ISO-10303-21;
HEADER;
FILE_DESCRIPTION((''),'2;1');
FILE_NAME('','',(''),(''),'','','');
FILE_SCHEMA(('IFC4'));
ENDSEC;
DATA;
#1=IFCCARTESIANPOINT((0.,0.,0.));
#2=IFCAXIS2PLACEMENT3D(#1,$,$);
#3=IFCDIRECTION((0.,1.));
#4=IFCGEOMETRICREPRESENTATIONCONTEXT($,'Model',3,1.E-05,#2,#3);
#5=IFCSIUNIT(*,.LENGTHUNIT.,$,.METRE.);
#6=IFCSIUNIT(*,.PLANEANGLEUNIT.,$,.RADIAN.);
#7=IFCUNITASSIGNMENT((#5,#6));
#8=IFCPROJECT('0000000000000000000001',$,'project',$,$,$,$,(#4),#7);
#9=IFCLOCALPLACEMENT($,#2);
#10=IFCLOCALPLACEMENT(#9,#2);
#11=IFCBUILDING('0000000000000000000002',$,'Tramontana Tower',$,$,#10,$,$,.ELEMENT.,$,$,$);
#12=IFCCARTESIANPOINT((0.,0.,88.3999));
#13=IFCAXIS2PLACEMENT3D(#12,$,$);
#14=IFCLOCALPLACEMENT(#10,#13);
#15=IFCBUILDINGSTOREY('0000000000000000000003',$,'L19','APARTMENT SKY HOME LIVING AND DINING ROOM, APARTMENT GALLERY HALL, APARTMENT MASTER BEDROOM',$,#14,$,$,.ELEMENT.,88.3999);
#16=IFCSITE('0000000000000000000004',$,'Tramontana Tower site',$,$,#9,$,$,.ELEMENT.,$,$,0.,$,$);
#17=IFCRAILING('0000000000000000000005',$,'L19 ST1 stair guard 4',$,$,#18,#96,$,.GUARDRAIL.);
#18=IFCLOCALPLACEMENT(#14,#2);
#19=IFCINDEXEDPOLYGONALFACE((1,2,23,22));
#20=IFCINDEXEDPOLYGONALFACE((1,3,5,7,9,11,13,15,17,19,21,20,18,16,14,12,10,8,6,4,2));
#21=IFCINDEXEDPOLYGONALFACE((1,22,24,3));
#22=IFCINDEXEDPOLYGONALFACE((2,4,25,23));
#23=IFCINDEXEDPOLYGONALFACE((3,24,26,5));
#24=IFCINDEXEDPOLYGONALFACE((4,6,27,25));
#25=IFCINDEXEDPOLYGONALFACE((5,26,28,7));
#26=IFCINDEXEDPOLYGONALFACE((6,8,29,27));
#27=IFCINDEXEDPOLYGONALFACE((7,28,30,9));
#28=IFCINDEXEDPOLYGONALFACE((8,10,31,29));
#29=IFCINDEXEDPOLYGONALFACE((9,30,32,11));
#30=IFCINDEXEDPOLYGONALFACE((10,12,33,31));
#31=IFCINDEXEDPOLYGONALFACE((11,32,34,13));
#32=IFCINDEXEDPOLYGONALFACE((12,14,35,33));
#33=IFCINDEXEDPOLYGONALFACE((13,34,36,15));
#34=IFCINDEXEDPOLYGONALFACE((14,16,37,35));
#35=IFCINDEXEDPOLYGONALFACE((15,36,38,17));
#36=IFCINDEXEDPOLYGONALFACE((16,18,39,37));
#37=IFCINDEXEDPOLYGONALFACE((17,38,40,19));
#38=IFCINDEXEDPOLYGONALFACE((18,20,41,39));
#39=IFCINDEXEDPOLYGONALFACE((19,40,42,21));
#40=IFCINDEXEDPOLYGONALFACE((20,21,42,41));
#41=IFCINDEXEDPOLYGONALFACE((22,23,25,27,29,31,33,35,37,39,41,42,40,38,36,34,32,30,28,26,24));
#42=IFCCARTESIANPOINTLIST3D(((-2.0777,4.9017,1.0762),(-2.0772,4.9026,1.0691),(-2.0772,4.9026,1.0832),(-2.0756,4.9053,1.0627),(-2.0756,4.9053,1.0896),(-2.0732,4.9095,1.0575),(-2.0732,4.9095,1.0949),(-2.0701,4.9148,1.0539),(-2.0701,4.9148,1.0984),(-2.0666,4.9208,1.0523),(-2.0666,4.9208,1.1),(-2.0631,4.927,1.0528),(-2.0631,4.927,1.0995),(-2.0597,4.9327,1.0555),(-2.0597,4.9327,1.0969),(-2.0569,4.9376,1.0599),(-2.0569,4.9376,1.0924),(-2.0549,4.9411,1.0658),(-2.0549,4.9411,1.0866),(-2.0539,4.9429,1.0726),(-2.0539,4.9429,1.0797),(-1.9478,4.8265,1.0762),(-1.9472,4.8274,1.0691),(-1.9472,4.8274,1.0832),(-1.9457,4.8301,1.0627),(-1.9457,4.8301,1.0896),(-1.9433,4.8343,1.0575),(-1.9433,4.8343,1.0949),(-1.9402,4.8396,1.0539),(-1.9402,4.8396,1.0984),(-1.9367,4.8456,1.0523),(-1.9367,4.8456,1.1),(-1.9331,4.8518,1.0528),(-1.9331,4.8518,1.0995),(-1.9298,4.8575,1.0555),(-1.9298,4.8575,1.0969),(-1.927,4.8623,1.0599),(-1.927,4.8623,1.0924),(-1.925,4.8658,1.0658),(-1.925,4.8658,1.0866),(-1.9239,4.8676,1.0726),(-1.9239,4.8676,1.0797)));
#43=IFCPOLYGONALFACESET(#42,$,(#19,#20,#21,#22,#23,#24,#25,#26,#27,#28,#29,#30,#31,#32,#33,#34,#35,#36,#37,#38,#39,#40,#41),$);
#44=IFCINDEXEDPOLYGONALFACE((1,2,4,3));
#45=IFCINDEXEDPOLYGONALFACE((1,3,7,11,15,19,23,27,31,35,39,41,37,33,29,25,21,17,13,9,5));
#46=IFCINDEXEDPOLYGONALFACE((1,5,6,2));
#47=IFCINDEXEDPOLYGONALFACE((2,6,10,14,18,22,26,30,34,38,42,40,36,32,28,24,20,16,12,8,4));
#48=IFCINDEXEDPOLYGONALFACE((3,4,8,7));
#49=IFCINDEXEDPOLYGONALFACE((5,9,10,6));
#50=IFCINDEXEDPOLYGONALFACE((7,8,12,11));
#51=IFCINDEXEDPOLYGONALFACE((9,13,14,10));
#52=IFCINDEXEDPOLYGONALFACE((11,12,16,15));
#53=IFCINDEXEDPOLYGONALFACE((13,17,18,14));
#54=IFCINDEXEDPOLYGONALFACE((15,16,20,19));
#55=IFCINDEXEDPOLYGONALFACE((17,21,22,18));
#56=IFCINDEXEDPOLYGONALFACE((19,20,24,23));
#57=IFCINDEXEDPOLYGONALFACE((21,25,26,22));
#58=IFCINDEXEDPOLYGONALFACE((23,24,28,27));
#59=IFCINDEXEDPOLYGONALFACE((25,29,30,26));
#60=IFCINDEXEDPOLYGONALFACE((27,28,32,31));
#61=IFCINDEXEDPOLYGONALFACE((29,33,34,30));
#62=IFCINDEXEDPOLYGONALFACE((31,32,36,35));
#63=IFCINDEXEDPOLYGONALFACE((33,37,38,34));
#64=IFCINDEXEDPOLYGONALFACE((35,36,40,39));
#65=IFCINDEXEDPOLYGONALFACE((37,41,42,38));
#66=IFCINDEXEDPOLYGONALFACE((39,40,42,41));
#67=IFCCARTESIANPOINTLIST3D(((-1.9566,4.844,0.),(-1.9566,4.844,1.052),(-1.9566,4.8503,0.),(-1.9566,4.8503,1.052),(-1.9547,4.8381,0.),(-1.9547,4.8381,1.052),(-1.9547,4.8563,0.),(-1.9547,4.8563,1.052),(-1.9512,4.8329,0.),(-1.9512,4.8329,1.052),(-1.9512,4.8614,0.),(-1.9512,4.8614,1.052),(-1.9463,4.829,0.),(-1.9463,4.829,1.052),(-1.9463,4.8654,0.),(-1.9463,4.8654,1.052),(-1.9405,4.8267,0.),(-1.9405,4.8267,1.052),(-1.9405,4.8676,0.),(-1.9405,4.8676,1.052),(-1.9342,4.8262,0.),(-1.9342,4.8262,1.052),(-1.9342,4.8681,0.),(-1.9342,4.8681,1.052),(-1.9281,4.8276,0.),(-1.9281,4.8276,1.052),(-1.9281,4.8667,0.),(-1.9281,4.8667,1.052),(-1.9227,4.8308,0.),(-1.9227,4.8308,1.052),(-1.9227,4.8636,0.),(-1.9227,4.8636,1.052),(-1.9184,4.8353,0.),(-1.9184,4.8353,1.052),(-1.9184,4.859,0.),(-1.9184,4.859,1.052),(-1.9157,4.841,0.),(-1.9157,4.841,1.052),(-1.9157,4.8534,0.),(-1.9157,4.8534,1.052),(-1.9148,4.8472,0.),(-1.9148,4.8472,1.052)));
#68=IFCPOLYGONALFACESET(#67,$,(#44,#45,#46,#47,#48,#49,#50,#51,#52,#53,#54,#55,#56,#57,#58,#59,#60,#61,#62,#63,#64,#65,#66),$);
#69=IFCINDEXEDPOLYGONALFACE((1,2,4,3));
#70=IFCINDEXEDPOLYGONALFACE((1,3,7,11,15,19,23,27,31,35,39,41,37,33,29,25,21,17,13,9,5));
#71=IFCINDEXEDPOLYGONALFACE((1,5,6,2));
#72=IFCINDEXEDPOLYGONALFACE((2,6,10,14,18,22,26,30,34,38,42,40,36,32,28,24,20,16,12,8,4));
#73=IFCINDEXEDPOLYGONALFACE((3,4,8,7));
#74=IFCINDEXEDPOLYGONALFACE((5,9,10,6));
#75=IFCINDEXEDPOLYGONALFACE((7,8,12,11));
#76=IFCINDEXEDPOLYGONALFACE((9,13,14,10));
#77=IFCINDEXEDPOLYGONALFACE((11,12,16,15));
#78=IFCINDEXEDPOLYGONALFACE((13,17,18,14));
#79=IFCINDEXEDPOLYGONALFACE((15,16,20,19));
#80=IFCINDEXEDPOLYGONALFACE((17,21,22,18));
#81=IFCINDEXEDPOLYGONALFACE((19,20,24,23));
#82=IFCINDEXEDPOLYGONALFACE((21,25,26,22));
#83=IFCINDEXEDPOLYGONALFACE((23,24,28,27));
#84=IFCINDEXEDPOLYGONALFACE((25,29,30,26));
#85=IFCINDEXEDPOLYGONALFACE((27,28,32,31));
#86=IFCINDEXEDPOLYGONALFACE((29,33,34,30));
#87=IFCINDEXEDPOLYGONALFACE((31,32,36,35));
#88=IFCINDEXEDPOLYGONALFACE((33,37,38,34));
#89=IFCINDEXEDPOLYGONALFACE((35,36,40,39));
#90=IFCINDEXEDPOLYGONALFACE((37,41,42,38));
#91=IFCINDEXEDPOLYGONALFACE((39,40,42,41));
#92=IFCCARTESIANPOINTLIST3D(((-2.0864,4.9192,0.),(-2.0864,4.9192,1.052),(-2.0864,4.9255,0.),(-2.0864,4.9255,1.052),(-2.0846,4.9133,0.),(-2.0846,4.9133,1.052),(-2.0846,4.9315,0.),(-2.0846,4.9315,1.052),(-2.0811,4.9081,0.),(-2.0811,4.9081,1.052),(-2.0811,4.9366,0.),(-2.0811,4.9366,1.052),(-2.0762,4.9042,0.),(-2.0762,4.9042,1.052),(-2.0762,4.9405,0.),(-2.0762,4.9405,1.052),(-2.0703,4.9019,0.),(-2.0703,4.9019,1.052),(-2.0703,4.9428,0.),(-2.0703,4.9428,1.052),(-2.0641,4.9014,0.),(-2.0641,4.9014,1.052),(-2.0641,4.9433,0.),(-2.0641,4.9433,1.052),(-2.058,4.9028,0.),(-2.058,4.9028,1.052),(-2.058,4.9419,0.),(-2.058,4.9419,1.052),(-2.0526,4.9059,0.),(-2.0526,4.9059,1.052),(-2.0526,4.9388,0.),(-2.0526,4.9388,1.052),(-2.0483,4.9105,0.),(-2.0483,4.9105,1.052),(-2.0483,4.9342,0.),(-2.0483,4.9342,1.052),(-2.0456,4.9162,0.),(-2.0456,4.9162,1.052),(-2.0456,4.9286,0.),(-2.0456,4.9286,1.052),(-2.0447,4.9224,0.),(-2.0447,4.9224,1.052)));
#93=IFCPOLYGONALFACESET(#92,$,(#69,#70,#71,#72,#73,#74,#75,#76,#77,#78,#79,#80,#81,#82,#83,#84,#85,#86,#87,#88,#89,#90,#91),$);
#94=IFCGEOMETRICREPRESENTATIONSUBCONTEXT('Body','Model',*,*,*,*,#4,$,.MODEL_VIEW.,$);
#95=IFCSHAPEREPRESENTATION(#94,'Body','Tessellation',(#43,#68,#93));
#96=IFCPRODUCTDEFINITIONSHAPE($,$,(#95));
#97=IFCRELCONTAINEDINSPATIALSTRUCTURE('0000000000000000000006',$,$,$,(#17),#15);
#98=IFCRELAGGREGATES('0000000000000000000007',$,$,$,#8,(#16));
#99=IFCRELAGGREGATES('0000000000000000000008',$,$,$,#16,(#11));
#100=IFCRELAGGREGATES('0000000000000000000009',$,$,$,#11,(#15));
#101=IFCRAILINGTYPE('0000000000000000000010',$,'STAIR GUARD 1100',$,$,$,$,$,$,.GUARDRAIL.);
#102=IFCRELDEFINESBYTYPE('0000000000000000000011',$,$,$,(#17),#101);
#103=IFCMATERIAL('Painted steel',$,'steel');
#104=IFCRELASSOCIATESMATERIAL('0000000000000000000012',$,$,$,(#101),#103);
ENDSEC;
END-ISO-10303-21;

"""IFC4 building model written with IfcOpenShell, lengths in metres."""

from ifc_helpers import new_model, si_unit, direction, frame, origin, origin_2d, place, context, subcontext, project, spatial, circle, extrude, material, type_object, element, save


model = new_model("IFC4")

# Units and contexts
model_context = context("Model", 3, precision=1e-05, world=origin(), true_north=direction((0.0, 1.0)))
body_context = subcontext(model_context, "Body", "Model", "MODEL_VIEW")
ifc_project = project(units=[si_unit("LENGTHUNIT", "METRE"), si_unit("PLANEANGLEUNIT", "RADIAN")], contexts=[model_context])

# Site, building, storey
site_placement = place(None, origin())
site = spatial("IfcSite", under=ifc_project, at=site_placement, Name="Tramontana Tower site", CompositionType="ELEMENT", RefElevation=0.0)
building_placement = place(site_placement, origin())
building = spatial("IfcBuilding", under=site, at=building_placement, Name="Tramontana Tower", CompositionType="ELEMENT")
storey_placement = place(building_placement, frame((0.0, 0.0, 88.3999)))
storey = spatial("IfcBuildingStorey", under=building, at=storey_placement, Name="L19", Description="APARTMENT SKY HOME LIVING AND DINING ROOM, APARTMENT GALLERY HALL, APARTMENT MASTER BEDROOM", CompositionType="ELEMENT", Elevation=88.3999)

# Railing
ifc_material_1 = material(Name="Painted steel", Category="steel")
railing_type_1 = type_object("IfcRailingType", Name="STAIR GUARD 1100", PredefinedType="GUARDRAIL", material=ifc_material_1)
railing_1_placement = place(storey_placement, frame((-1.9358, 4.8472, 0.0)))
element("IfcRailing", 1, at=railing_1_placement, inside=storey, type_object=railing_type_1, Name="L19 ST1 stair guard 4", PredefinedType="GUARDRAIL", context=body_context, shape_type="SweptSolid", body=[
    extrude(circle(Radius=0.0239, at=origin_2d()), frame((0.0, 0.0, 1.0762), z_axis=(-0.865426, 0.501036, 0.0), x_axis=(-0.501036, -0.865426, 0.0)), (0.0, 0.0, 1.0), 0.1501),
    extrude(circle(Radius=0.021, at=origin_2d()), origin(), (0.0, 0.0, 1.0), 1.052),
    extrude(circle(Radius=0.021, at=origin_2d()), frame((-0.1299, 0.0752, 0.0)), (0.0, 0.0, 1.0), 1.052),
])

save(model, "model.ifc")
